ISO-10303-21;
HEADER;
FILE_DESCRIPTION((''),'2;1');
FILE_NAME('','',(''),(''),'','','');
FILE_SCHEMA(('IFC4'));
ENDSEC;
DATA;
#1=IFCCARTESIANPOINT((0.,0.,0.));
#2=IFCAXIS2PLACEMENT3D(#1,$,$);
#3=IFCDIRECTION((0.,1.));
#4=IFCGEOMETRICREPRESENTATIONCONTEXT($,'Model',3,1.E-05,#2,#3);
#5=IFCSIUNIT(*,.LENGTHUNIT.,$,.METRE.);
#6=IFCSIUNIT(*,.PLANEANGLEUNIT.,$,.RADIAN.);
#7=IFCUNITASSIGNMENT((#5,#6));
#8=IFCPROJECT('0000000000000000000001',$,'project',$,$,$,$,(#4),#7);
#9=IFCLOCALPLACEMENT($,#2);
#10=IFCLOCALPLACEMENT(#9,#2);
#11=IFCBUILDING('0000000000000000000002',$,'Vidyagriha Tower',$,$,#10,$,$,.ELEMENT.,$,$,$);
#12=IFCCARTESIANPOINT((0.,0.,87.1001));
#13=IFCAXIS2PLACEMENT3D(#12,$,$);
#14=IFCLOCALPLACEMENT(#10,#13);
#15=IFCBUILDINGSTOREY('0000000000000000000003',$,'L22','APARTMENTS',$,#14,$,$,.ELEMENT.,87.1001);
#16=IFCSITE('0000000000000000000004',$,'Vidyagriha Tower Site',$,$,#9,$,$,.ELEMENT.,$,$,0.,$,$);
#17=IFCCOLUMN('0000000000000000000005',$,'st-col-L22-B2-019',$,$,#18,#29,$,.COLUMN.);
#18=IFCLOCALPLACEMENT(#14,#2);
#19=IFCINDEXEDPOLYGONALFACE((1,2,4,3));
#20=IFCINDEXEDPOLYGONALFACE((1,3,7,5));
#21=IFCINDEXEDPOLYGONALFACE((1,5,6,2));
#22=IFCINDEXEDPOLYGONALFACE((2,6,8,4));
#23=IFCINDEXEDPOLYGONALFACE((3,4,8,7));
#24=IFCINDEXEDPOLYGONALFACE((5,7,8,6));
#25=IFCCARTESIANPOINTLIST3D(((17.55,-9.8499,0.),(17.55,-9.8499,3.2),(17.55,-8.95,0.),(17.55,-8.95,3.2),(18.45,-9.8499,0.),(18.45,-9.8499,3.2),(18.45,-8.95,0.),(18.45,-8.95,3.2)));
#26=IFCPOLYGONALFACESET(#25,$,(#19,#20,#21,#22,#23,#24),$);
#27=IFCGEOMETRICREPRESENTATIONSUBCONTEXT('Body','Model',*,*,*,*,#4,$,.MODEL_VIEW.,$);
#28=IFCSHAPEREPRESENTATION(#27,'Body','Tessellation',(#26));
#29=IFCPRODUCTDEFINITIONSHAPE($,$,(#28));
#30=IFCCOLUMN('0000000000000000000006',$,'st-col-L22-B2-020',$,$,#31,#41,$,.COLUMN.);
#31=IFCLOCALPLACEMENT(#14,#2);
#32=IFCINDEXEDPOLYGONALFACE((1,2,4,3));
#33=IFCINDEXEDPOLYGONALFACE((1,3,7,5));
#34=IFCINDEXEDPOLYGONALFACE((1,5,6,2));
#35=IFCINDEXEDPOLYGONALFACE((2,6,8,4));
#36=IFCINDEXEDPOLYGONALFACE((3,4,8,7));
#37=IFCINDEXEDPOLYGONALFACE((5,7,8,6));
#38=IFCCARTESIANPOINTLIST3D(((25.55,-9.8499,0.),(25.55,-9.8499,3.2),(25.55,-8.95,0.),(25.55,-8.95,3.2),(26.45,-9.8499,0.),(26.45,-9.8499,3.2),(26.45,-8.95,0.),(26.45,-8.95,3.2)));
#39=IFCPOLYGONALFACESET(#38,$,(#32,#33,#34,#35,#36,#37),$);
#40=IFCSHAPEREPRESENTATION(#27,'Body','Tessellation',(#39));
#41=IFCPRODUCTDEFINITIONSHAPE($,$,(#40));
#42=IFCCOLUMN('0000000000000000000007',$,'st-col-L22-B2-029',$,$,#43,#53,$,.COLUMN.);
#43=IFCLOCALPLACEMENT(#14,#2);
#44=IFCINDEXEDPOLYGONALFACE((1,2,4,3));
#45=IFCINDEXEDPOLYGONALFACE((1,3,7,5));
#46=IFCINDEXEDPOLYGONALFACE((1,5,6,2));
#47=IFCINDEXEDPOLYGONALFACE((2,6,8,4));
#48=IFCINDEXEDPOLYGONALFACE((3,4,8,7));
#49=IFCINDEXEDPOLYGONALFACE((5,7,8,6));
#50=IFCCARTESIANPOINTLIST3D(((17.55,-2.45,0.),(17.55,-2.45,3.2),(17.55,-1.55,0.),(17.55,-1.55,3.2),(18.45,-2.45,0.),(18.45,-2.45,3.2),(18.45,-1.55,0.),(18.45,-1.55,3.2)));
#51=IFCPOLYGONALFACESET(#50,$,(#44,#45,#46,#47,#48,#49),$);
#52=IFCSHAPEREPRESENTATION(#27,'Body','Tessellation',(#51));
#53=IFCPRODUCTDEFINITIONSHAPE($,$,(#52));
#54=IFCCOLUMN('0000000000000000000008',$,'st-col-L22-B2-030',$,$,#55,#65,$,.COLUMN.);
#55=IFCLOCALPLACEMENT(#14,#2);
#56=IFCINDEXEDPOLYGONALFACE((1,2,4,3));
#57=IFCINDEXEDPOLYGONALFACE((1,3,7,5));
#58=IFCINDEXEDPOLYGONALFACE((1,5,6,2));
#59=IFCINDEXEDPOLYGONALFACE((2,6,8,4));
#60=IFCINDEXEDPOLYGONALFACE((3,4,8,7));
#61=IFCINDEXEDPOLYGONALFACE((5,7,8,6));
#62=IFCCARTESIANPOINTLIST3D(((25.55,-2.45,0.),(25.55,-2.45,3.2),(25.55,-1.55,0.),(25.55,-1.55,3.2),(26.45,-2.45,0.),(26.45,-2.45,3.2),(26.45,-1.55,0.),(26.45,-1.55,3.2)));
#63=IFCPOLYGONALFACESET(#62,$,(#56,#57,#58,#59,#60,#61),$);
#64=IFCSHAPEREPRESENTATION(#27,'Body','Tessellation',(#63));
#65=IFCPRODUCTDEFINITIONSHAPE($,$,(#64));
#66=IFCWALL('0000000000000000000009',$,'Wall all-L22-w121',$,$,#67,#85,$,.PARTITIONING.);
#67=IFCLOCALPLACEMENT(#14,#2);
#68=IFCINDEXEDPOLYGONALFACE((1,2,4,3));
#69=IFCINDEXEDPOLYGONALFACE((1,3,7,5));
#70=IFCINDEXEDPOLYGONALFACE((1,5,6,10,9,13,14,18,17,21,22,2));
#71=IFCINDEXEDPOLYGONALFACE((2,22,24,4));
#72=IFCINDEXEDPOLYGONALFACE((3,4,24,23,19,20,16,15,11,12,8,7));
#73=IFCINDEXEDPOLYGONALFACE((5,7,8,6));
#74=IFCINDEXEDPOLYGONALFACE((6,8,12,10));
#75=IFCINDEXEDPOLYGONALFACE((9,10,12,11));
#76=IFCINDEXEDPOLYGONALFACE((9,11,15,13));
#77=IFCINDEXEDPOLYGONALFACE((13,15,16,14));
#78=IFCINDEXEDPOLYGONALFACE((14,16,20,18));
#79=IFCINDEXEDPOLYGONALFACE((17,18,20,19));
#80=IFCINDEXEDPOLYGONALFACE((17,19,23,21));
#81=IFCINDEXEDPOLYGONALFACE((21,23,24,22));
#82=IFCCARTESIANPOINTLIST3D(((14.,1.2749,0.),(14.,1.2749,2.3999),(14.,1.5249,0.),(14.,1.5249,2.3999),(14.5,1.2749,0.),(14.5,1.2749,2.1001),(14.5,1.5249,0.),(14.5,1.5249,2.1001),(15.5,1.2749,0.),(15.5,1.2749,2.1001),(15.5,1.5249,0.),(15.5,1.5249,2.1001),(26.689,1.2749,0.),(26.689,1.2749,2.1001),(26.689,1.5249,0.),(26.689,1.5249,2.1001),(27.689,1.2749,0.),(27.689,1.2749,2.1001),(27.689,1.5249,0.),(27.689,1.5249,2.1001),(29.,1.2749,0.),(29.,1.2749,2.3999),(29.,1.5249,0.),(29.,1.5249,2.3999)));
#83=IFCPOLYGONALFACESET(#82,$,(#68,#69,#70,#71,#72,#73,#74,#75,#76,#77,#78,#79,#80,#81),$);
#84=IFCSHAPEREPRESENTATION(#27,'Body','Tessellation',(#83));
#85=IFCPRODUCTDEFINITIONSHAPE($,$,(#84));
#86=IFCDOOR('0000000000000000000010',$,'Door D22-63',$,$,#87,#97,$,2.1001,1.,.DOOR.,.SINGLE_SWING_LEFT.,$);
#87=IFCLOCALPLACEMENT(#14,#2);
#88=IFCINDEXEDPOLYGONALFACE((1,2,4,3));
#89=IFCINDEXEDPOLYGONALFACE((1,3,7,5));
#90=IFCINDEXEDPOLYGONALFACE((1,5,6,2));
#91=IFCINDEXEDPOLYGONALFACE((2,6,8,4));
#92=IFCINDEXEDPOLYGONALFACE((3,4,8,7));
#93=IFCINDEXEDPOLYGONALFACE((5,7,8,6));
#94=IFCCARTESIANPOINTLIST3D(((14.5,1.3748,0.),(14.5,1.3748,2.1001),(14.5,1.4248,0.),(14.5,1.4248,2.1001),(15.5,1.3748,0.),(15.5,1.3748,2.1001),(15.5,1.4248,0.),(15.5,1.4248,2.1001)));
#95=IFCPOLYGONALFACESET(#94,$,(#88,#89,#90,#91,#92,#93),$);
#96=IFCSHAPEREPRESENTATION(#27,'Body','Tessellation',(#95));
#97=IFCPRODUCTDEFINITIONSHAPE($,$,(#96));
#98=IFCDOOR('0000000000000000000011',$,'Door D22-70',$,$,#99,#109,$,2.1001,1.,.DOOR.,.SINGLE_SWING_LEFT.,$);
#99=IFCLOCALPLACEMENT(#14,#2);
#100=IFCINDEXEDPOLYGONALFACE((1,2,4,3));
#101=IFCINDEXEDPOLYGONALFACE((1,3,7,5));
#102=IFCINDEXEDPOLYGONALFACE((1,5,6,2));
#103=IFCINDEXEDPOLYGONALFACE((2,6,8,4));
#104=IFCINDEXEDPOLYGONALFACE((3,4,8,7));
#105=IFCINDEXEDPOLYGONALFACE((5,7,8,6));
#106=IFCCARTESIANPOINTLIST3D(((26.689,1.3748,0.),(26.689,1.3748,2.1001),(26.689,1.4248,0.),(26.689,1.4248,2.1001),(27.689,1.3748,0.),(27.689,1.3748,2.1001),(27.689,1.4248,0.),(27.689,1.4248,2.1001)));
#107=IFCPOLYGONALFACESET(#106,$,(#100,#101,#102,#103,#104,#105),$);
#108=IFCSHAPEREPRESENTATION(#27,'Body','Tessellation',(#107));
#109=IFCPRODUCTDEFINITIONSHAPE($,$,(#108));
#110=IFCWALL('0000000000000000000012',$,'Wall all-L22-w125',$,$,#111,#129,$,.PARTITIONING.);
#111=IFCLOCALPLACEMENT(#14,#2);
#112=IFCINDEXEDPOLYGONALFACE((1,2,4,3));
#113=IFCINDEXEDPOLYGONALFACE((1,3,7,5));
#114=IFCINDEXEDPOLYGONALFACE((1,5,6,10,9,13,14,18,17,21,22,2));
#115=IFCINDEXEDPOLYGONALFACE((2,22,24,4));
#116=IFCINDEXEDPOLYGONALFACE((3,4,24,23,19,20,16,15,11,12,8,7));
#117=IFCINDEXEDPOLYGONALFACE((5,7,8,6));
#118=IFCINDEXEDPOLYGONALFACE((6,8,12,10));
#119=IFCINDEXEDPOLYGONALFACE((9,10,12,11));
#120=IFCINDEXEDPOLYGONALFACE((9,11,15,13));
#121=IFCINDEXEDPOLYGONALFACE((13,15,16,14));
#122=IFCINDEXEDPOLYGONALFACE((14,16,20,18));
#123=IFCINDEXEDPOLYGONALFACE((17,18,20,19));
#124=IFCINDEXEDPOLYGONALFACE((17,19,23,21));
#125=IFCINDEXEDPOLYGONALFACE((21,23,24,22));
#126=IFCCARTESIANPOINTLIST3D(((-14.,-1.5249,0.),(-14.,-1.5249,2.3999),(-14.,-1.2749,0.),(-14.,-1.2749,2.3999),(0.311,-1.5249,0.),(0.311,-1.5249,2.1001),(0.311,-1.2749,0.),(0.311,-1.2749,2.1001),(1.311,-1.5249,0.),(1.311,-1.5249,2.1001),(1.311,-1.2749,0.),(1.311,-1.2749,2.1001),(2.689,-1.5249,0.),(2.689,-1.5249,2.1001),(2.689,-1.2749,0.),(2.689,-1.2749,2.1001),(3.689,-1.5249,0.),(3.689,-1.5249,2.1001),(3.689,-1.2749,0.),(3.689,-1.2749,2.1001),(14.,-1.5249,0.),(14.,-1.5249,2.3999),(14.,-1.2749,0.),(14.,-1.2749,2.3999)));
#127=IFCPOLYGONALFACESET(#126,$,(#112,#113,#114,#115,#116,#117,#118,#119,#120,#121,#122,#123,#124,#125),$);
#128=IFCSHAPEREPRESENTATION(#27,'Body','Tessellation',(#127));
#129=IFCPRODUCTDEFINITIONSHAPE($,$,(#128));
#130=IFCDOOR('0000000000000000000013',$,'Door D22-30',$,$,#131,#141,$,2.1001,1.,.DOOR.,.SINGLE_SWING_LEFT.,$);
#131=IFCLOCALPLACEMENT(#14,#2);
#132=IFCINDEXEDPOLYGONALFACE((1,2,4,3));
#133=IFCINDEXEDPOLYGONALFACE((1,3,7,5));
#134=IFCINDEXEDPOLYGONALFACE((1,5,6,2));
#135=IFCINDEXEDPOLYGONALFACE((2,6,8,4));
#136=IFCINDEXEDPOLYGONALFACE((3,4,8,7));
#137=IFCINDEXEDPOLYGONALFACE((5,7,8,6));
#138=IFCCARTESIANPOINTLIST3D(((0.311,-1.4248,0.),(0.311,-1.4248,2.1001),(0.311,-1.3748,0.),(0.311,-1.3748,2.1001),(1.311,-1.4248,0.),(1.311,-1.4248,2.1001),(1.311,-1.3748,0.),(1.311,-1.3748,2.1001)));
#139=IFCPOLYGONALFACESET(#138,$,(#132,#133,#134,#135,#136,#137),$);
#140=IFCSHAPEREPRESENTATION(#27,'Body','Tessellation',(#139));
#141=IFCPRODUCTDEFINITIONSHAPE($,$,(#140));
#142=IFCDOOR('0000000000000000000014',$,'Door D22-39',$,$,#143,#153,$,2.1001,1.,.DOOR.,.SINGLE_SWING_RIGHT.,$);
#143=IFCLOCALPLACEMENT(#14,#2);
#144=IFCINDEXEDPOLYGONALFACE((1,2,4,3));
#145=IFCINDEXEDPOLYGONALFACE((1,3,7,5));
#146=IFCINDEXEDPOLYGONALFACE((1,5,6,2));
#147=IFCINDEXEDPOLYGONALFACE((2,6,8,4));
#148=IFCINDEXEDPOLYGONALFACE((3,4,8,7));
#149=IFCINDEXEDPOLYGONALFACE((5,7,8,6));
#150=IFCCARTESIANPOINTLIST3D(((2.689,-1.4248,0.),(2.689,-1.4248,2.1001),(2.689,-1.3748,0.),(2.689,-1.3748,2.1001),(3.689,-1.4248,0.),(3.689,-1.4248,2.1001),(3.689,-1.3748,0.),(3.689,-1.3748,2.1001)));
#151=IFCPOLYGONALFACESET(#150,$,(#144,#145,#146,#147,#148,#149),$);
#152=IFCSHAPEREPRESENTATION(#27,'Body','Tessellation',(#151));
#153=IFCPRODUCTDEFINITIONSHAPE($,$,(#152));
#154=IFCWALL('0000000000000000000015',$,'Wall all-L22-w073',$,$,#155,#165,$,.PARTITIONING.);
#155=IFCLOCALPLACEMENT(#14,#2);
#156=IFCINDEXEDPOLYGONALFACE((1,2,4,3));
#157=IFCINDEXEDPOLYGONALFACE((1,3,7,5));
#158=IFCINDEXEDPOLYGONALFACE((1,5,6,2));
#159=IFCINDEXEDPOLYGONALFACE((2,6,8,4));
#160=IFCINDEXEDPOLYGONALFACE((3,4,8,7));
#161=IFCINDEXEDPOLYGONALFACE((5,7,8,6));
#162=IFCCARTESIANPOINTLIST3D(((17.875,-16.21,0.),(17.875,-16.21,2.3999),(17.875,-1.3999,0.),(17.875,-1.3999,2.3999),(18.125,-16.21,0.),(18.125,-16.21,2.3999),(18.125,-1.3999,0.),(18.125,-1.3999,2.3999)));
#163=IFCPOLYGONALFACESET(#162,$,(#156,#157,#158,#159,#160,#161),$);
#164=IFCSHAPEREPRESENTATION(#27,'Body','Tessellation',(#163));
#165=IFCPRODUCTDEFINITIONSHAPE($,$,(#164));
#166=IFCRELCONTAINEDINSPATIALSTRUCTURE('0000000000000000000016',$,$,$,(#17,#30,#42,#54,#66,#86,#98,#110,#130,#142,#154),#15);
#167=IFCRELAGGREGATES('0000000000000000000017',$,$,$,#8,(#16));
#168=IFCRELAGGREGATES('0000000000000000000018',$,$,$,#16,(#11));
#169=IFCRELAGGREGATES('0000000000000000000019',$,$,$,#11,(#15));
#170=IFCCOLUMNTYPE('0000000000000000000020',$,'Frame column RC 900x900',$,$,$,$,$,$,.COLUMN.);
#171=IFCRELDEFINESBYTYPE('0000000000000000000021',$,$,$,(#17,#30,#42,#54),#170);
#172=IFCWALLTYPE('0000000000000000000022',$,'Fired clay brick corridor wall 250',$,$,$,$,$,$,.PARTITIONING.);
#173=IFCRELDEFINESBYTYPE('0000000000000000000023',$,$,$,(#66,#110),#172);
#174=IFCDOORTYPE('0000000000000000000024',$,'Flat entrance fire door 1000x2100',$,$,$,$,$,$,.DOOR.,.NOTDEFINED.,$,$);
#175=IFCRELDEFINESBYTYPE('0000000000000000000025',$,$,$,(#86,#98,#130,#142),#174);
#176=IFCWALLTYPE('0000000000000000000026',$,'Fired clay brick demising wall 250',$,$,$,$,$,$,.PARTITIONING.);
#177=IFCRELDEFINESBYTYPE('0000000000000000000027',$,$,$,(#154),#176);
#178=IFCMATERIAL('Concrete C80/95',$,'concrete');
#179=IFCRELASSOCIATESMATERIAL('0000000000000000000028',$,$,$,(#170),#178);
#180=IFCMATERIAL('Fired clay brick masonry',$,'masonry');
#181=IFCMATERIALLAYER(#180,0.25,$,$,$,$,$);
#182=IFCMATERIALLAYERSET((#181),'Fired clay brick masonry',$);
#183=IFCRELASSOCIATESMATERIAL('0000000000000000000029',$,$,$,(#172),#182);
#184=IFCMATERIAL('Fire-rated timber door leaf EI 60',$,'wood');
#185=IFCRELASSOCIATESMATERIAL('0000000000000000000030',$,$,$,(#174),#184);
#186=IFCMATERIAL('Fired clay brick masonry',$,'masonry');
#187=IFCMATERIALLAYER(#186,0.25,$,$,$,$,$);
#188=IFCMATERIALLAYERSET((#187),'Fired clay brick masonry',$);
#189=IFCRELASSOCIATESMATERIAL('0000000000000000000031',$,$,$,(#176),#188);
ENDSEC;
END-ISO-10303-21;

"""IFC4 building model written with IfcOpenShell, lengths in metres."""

from ifc_helpers import new_model, si_unit, direction, frame, frame_2d, origin, origin_2d, place, context, subcontext, project, spatial, rectangle, extrude, material, layer, layer_set, material_profile, profile_set, type_object, element, fill, save


model = new_model("IFC4")

# Units and contexts
model_context = context("Model", 3, precision=1e-05, world=origin(), true_north=direction((0.0, 1.0)))
body_context = subcontext(model_context, "Body", "Model", "MODEL_VIEW")
ifc_project = project(units=[si_unit("LENGTHUNIT", "METRE"), si_unit("PLANEANGLEUNIT", "RADIAN")], contexts=[model_context])

# Site, building, storey
site_placement = place(None, origin())
site = spatial("IfcSite", under=ifc_project, at=site_placement, Name="Vidyagriha Tower Site", CompositionType="ELEMENT", RefElevation=0.0)
building_placement = place(site_placement, origin())
building = spatial("IfcBuilding", under=site, at=building_placement, Name="Vidyagriha Tower", CompositionType="ELEMENT")
storey_placement = place(building_placement, frame((0.0, 0.0, 87.1001)))
storey = spatial("IfcBuildingStorey", under=building, at=storey_placement, Name="L22", Description="APARTMENTS", CompositionType="ELEMENT", Elevation=87.1001)

# Columns
ifc_material_1 = material(Name="Concrete C80/95", Category="concrete")
ifc_material_profile = material_profile(ifc_material_1, rectangle(XDim=0.8999, YDim=0.8999, at=origin_2d()), Name="RC 900x900")
ifc_profile_set = profile_set([ifc_material_profile], Name="Concrete C80/95")
column_type = type_object("IfcColumnType", Name="Frame column RC 900x900", PredefinedType="COLUMN", material=ifc_profile_set)
for number, where, name in (
    (1, (18.0, -9.3999, 0.0), "st-col-L22-B2-019"),
    (2, (26.0, -9.3999, 0.0), "st-col-L22-B2-020"),
    (3, (18.0, -2.0, 0.0), "st-col-L22-B2-029"),
    (4, (26.0, -2.0, 0.0), "st-col-L22-B2-030"),
):
    element("IfcColumn", number, at=place(storey_placement, frame(where)), inside=storey, type_object=column_type, Name=name, PredefinedType="COLUMN", context=body_context, shape_type="SweptSolid", body=[
        extrude(rectangle(XDim=0.8999, YDim=0.8999, at=origin_2d()), origin(), (0.0, 0.0, 1.0), 3.2),
    ])

# Walls, openings, doors
ifc_material_2 = material(Name="Fired clay brick masonry", Category="masonry")
ifc_layer_1 = layer(ifc_material_2, 0.25)
ifc_layer_set_1 = layer_set([ifc_layer_1], Name="Fired clay brick masonry")
wall_type_1 = type_object("IfcWallType", Name="Fired clay brick corridor wall 250", PredefinedType="PARTITIONING", material=ifc_layer_set_1)
wall_1_placement = place(storey_placement, frame((14.0, 1.3999, 0.0)))
wall_1 = element("IfcWall", 5, at=wall_1_placement, inside=storey, type_object=wall_type_1, Name="Wall all-L22-w121", PredefinedType="PARTITIONING", context=body_context, shape_type="SweptSolid", body=[
    extrude(rectangle(XDim=15.0, YDim=0.25, at=frame_2d((7.5, 0.0))), origin(), (0.0, 0.0, 1.0), 2.3999),
])
opening_1_placement = place(wall_1_placement, frame((0.5, 0.0, 0.0)))
opening_1 = element("IfcOpeningElement", 6, at=opening_1_placement, cuts=wall_1, PredefinedType="OPENING", context=body_context, shape_type="SweptSolid", body=[
    extrude(rectangle(XDim=1.0, YDim=2.1001, at=frame_2d((0.5, 1.05))), frame((0.0, 0.135, 0.0), z_axis=(0.0, -1.0, 0.0), x_axis=(1.0, 0.0, 0.0)), (0.0, 0.0, 1.0), 0.27),
])
opening_2_placement = place(wall_1_placement, frame((12.689, 0.0, 0.0)))
opening_2 = element("IfcOpeningElement", 7, at=opening_2_placement, cuts=wall_1, PredefinedType="OPENING", context=body_context, shape_type="SweptSolid", body=[
    extrude(rectangle(XDim=1.0, YDim=2.1001, at=frame_2d((0.5, 1.05))), frame((0.0, 0.135, 0.0), z_axis=(0.0, -1.0, 0.0), x_axis=(1.0, 0.0, 0.0)), (0.0, 0.0, 1.0), 0.27),
])
ifc_material_3 = material(Name="Fire-rated timber door leaf EI 60", Category="wood")
door_type_1 = type_object("IfcDoorType", Name="Flat entrance fire door 1000x2100", OperationType="NOTDEFINED", PredefinedType="DOOR", material=ifc_material_3)
door_1_placement = place(opening_1_placement, origin())
door_1 = element("IfcDoor", 8, at=door_1_placement, inside=storey, type_object=door_type_1, Name="Door D22-63", OperationType="SINGLE_SWING_LEFT", OverallHeight=2.1001, OverallWidth=1.0, PredefinedType="DOOR", context=body_context, shape_type="SweptSolid", body=[
    extrude(rectangle(XDim=1.0, YDim=2.1001, at=frame_2d((0.5, 1.05))), frame((0.0, 0.0249, 0.0), z_axis=(0.0, -1.0, 0.0), x_axis=(1.0, 0.0, 0.0)), (0.0, 0.0, 1.0), 0.05),
])
fill(opening_1, door_1)
door_2_placement = place(opening_2_placement, origin())
door_2 = element("IfcDoor", 9, at=door_2_placement, inside=storey, type_object=door_type_1, Name="Door D22-70", OperationType="SINGLE_SWING_LEFT", OverallHeight=2.1001, OverallWidth=1.0, PredefinedType="DOOR", context=body_context, shape_type="SweptSolid", body=[
    extrude(rectangle(XDim=1.0, YDim=2.1001, at=frame_2d((0.5, 1.05))), frame((0.0, 0.0249, 0.0), z_axis=(0.0, -1.0, 0.0), x_axis=(1.0, 0.0, 0.0)), (0.0, 0.0, 1.0), 0.05),
])
fill(opening_2, door_2)
wall_2_placement = place(storey_placement, frame((14.0, -1.3999, 0.0), z_axis=(0.0, 0.0, 1.0), x_axis=(-1.0, 0.0, 0.0)))
wall_2 = element("IfcWall", 10, at=wall_2_placement, inside=storey, type_object=wall_type_1, Name="Wall all-L22-w125", PredefinedType="PARTITIONING", context=body_context, shape_type="SweptSolid", body=[
    extrude(rectangle(XDim=28.0, YDim=0.25, at=frame_2d((14.0, 0.0))), origin(), (0.0, 0.0, 1.0), 2.3999),
])
opening_3_placement = place(wall_2_placement, frame((12.689, 0.0, 0.0)))
opening_3 = element("IfcOpeningElement", 11, at=opening_3_placement, cuts=wall_2, PredefinedType="OPENING", context=body_context, shape_type="SweptSolid", body=[
    extrude(rectangle(XDim=1.0, YDim=2.1001, at=frame_2d((0.5, 1.05))), frame((0.0, 0.135, 0.0), z_axis=(0.0, -1.0, 0.0), x_axis=(1.0, 0.0, 0.0)), (0.0, 0.0, 1.0), 0.27),
])
opening_4_placement = place(wall_2_placement, frame((10.311, 0.0, 0.0)))
opening_4 = element("IfcOpeningElement", 12, at=opening_4_placement, cuts=wall_2, PredefinedType="OPENING", context=body_context, shape_type="SweptSolid", body=[
    extrude(rectangle(XDim=1.0, YDim=2.1001, at=frame_2d((0.5, 1.05))), frame((0.0, 0.135, 0.0), z_axis=(0.0, -1.0, 0.0), x_axis=(1.0, 0.0, 0.0)), (0.0, 0.0, 1.0), 0.27),
])
door_3_placement = place(opening_3_placement, origin())
door_3 = element("IfcDoor", 13, at=door_3_placement, inside=storey, type_object=door_type_1, Name="Door D22-30", OperationType="SINGLE_SWING_LEFT", OverallHeight=2.1001, OverallWidth=1.0, PredefinedType="DOOR", context=body_context, shape_type="SweptSolid", body=[
    extrude(rectangle(XDim=1.0, YDim=2.1001, at=frame_2d((0.5, 1.05))), frame((0.0, 0.0249, 0.0), z_axis=(0.0, -1.0, 0.0), x_axis=(1.0, 0.0, 0.0)), (0.0, 0.0, 1.0), 0.05),
])
fill(opening_3, door_3)
door_4_placement = place(opening_4_placement, origin())
door_4 = element("IfcDoor", 14, at=door_4_placement, inside=storey, type_object=door_type_1, Name="Door D22-39", OperationType="SINGLE_SWING_RIGHT", OverallHeight=2.1001, OverallWidth=1.0, PredefinedType="DOOR", context=body_context, shape_type="SweptSolid", body=[
    extrude(rectangle(XDim=1.0, YDim=2.1001, at=frame_2d((0.5, 1.05))), frame((0.0, 0.0249, 0.0), z_axis=(0.0, -1.0, 0.0), x_axis=(1.0, 0.0, 0.0)), (0.0, 0.0, 1.0), 0.05),
])
fill(opening_4, door_4)

# Wall
ifc_material_4 = material(Name="Fired clay brick masonry", Category="masonry")
ifc_layer_2 = layer(ifc_material_4, 0.25)
ifc_layer_set_2 = layer_set([ifc_layer_2], Name="Fired clay brick masonry")
wall_type_2 = type_object("IfcWallType", Name="Fired clay brick demising wall 250", PredefinedType="PARTITIONING", material=ifc_layer_set_2)
wall_3_placement = place(storey_placement, frame((18.0, -1.3999, 0.0), z_axis=(0.0, 0.0, 1.0), x_axis=(0.0, -1.0, 0.0)))
element("IfcWall", 15, at=wall_3_placement, inside=storey, type_object=wall_type_2, Name="Wall all-L22-w073", PredefinedType="PARTITIONING", context=body_context, shape_type="SweptSolid", body=[
    extrude(rectangle(XDim=14.8101, YDim=0.25, at=frame_2d((7.405, 0.0))), origin(), (0.0, 0.0, 1.0), 2.3999),
])

save(model, "model.ifc")
